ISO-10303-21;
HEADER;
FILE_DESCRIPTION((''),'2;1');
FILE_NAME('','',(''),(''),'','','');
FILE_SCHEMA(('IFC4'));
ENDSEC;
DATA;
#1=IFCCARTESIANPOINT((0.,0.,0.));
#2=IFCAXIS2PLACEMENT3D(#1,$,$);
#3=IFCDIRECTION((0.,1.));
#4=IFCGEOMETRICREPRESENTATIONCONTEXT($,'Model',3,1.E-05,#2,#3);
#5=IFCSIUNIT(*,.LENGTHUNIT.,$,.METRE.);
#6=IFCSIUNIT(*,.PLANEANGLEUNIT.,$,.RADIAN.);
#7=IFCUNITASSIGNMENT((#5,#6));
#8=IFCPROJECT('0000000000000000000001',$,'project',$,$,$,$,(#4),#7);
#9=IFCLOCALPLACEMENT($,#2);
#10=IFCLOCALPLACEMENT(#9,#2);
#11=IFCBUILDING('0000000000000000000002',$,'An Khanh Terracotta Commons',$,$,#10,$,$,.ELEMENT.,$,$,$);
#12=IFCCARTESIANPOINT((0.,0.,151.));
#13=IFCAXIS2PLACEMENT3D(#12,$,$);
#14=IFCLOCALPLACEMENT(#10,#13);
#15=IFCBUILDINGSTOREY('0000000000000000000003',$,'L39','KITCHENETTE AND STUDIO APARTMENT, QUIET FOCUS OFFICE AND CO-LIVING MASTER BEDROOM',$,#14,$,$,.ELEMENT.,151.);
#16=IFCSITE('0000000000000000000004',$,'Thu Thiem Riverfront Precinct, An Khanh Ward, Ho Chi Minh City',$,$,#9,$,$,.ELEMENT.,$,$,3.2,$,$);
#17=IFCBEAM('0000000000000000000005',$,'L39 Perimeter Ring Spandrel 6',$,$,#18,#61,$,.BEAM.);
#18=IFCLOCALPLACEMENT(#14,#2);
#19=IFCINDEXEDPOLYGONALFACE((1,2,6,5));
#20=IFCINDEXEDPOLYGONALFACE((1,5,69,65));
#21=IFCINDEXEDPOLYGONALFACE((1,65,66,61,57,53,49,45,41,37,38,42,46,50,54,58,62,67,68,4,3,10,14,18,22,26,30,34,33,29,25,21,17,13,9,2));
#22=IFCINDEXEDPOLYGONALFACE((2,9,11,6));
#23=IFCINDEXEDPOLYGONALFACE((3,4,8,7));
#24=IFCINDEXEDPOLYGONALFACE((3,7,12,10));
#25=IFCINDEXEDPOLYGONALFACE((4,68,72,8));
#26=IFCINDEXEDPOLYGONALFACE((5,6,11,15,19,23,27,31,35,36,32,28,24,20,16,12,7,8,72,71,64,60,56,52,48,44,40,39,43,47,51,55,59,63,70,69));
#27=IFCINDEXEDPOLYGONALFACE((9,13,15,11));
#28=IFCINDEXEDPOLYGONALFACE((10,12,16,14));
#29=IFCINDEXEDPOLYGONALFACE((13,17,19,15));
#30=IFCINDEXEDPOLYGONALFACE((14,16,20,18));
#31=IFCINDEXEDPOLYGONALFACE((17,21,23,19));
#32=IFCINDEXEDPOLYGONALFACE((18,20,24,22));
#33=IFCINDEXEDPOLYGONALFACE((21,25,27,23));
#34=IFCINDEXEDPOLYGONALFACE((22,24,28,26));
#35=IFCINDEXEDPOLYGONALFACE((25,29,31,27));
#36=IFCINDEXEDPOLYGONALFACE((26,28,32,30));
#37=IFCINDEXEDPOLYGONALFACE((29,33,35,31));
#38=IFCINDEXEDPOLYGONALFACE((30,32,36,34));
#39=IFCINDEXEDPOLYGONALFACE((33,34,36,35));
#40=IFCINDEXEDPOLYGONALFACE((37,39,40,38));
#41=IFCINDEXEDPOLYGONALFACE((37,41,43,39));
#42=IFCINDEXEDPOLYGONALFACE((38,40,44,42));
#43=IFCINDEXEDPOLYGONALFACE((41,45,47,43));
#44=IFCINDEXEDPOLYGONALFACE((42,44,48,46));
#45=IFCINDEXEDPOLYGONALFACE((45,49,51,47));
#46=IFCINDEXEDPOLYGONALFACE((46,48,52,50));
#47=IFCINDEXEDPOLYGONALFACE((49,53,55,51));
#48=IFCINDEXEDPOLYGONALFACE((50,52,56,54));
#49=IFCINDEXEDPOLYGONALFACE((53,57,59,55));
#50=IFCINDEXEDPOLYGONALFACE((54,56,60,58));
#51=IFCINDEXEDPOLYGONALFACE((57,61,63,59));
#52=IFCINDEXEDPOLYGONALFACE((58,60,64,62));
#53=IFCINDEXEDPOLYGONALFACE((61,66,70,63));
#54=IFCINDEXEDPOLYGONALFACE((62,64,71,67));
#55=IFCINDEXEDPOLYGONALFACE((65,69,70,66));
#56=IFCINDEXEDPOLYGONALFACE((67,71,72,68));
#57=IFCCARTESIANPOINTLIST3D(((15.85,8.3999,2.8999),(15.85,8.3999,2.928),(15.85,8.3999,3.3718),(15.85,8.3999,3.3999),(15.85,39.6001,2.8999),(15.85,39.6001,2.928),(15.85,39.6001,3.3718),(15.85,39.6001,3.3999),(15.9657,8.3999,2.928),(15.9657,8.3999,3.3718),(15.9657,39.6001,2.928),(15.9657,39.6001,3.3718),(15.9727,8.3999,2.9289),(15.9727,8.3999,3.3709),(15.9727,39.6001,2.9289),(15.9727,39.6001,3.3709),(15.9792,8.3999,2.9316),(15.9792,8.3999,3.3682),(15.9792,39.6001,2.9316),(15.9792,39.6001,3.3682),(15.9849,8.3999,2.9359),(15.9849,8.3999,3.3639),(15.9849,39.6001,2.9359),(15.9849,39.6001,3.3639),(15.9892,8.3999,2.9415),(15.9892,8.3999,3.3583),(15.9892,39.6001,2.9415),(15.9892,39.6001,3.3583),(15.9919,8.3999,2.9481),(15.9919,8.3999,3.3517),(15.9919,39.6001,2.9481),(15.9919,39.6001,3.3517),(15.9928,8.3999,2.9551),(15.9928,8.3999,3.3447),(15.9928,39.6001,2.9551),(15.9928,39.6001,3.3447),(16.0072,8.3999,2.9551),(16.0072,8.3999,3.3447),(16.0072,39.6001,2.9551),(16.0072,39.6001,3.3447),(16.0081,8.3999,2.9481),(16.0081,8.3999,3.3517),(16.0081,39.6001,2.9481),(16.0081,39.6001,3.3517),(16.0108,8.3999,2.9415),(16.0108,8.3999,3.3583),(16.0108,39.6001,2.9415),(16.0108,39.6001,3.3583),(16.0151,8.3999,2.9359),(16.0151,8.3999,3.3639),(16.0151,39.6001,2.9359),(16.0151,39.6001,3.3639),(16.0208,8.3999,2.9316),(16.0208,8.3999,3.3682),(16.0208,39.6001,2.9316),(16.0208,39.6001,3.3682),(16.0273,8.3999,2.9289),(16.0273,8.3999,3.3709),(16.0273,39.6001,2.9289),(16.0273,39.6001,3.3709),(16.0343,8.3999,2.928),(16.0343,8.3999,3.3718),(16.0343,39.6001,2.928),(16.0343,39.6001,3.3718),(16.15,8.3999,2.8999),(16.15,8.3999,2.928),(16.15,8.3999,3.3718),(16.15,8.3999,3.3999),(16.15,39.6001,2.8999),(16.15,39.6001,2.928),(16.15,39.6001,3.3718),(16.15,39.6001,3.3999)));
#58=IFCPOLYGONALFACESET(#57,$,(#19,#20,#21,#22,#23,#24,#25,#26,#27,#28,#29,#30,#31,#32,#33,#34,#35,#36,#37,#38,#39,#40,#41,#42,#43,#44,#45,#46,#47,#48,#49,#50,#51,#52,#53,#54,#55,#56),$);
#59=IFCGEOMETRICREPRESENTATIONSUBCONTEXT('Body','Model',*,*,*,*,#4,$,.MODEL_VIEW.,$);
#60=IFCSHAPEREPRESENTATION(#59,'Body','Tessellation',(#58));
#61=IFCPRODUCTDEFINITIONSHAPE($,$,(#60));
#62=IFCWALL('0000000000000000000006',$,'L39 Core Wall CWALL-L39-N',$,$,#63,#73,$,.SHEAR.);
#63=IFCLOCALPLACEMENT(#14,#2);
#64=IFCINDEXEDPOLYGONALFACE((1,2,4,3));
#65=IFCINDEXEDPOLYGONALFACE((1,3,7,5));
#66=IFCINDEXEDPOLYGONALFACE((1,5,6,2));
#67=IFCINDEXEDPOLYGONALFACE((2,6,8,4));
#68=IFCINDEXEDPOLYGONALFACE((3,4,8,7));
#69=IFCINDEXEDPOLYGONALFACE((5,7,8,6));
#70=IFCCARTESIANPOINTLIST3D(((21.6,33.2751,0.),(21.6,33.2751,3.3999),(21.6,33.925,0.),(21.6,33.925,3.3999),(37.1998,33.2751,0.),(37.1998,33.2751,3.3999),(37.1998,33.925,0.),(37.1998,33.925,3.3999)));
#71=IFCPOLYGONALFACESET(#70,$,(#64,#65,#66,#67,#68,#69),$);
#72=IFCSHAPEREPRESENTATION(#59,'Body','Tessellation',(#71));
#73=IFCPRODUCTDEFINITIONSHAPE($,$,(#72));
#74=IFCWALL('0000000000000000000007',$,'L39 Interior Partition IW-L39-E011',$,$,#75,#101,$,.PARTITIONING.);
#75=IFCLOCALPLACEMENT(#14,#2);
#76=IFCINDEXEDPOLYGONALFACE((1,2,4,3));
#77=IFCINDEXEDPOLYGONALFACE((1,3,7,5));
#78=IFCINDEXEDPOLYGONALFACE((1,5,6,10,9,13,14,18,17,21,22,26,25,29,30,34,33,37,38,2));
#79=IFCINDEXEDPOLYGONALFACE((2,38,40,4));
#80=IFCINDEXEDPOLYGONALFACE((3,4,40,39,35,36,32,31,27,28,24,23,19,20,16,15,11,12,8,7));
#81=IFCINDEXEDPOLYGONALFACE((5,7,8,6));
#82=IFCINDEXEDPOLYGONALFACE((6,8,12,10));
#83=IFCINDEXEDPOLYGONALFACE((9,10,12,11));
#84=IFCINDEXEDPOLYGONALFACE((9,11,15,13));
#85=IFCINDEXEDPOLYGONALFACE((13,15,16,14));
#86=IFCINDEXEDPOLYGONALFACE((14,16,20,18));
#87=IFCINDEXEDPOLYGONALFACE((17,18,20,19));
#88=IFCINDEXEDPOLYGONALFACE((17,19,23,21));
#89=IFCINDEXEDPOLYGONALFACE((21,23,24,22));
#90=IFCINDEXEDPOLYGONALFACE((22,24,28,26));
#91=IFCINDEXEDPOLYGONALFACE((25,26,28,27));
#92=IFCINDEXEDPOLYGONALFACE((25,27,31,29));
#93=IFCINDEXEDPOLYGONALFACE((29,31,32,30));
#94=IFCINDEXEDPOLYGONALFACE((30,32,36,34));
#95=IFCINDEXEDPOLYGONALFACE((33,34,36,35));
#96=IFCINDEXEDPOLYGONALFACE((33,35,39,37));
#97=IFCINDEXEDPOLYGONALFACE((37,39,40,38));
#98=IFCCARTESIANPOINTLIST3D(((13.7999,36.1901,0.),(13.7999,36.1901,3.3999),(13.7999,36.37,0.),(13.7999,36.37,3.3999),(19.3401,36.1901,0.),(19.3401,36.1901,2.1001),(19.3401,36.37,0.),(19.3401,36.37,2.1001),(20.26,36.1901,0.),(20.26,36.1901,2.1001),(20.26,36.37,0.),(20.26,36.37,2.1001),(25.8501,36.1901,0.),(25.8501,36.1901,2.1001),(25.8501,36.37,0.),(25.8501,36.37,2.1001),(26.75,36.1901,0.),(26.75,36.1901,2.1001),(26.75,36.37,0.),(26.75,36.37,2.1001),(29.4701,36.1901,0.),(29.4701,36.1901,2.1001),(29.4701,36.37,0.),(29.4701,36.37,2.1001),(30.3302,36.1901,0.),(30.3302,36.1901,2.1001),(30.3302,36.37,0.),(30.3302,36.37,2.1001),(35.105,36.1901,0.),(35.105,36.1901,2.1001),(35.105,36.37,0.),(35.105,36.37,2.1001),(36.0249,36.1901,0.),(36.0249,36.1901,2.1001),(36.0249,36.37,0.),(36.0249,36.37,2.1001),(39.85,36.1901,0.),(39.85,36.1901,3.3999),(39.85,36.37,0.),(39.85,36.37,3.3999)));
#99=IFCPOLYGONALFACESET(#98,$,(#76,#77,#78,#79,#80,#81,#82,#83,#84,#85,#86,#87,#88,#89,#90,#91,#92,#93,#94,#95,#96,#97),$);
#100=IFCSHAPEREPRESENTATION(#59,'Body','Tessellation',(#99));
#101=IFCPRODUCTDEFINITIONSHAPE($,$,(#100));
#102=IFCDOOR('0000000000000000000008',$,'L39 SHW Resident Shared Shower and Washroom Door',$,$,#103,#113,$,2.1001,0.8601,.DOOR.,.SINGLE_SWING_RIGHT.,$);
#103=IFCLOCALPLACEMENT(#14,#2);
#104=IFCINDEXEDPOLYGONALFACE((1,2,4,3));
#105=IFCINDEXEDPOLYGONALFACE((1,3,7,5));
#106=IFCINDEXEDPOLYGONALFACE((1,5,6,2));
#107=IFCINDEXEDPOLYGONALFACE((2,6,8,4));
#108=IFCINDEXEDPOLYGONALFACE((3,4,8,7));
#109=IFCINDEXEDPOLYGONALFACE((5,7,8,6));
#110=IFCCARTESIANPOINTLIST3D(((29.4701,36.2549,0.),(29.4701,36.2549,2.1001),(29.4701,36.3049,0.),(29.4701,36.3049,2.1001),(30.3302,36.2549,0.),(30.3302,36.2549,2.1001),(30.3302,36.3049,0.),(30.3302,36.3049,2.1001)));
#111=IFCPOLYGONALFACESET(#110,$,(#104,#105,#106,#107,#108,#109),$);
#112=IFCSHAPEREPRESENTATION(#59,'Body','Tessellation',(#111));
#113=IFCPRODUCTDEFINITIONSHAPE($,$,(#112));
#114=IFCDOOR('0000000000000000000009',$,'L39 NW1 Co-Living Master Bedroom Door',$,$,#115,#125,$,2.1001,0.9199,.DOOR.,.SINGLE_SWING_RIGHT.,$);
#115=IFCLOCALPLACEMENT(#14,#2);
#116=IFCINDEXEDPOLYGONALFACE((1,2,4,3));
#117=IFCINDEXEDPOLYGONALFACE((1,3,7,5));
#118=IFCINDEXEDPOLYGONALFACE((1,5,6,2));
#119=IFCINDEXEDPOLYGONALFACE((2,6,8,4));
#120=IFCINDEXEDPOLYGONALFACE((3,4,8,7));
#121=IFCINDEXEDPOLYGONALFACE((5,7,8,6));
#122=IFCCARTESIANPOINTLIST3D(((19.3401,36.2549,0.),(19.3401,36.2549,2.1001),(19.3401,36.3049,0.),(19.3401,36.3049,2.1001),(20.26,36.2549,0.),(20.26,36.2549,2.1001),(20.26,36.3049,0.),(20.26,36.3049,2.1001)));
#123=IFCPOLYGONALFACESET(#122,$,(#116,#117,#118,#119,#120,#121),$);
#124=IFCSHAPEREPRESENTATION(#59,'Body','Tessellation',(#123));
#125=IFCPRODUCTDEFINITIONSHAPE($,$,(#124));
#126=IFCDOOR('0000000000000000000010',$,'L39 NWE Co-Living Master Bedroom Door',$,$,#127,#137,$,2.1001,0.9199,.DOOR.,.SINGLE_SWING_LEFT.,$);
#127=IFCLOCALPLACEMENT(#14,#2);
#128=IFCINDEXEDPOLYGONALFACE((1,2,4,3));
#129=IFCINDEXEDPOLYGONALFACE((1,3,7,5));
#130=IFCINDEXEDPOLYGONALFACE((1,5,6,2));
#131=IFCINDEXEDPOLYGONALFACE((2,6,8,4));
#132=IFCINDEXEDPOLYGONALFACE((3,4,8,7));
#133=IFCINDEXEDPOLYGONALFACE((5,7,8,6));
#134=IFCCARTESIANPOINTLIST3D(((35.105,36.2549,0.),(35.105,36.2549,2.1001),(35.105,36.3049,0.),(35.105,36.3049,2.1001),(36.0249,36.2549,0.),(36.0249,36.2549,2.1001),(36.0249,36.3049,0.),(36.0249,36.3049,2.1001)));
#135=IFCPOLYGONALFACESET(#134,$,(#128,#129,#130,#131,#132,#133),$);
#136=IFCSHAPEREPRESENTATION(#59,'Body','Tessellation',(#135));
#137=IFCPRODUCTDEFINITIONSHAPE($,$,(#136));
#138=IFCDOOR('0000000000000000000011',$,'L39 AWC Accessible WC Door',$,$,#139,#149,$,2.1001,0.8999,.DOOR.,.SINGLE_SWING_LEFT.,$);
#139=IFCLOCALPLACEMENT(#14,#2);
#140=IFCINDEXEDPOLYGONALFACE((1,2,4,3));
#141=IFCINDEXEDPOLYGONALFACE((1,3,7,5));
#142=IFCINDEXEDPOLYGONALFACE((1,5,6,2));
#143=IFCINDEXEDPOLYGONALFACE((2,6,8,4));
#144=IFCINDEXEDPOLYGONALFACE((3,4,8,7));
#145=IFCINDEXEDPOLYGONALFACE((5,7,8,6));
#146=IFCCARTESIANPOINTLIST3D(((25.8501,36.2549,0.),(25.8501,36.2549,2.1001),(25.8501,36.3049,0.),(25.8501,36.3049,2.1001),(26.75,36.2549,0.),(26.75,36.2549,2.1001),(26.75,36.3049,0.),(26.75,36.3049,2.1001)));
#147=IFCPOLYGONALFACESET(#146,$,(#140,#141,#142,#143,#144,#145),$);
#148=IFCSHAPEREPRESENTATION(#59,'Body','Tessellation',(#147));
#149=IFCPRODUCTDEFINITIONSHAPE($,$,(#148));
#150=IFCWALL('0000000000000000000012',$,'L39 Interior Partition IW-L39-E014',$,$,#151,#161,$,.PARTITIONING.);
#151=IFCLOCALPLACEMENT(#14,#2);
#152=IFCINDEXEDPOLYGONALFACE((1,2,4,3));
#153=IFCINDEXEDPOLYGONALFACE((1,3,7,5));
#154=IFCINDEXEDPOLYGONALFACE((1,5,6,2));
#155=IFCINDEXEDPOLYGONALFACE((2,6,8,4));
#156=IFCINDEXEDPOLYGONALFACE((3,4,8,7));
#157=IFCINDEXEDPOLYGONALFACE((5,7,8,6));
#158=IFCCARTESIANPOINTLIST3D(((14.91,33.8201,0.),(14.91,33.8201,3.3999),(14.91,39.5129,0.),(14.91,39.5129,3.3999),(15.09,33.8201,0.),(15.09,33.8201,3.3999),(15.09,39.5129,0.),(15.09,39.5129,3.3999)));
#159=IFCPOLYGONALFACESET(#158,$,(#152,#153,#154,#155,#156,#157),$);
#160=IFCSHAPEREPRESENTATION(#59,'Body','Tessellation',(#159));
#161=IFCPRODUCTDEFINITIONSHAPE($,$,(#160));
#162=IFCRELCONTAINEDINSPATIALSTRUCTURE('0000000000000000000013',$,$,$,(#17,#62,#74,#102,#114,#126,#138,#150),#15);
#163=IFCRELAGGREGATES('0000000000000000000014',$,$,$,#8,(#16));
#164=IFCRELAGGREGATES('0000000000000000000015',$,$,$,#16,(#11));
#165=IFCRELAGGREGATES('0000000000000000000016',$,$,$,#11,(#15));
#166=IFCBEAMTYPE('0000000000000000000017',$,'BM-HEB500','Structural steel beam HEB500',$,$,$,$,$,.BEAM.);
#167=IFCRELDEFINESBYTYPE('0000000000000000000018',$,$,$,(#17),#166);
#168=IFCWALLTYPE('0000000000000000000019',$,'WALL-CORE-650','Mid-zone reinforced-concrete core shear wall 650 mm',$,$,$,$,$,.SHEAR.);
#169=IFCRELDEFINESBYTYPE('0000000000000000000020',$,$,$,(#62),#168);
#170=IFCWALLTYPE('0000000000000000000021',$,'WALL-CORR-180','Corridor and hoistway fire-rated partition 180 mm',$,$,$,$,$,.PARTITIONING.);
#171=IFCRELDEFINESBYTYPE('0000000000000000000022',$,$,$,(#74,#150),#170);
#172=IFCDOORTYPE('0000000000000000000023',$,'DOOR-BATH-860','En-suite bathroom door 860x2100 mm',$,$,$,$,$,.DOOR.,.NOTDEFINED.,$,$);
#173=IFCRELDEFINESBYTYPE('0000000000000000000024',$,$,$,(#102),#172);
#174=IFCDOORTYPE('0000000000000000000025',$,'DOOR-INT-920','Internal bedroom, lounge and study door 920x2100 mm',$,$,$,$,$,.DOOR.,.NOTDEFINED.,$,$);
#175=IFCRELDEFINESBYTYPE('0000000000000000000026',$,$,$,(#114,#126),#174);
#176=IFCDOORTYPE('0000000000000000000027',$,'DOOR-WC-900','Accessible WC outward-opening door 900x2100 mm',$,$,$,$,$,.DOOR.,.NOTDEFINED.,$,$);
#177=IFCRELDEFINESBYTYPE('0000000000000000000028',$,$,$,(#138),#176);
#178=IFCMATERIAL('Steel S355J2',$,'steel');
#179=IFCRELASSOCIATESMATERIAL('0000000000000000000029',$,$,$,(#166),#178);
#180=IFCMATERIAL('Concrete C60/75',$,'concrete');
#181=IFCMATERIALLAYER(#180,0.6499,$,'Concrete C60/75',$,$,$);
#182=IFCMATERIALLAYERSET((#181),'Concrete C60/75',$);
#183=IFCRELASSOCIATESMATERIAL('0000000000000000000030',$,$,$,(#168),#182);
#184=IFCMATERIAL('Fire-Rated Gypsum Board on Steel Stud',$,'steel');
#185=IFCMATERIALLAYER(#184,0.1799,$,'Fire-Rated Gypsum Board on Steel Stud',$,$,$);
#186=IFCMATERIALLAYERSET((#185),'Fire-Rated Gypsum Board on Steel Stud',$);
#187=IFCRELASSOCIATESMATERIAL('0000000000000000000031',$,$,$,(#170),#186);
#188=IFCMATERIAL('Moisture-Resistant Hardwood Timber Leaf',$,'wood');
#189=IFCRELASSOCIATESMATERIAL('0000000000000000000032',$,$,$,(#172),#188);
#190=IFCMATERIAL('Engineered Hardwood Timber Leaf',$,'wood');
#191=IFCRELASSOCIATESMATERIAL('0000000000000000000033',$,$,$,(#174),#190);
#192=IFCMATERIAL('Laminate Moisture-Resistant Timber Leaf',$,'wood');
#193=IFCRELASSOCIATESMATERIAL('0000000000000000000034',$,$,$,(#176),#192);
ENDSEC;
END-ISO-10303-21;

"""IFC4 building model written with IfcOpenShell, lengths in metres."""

from ifc_helpers import new_model, si_unit, direction, frame, frame_2d, origin, origin_2d, place, context, subcontext, project, spatial, rectangle, i_section, extrude, material, layer, layer_set, material_profile, profile_set, type_object, element, fill, save


model = new_model("IFC4")

# Units and contexts
model_context = context("Model", 3, precision=1e-05, world=origin(), true_north=direction((0.0, 1.0)))
body_context = subcontext(model_context, "Body", "Model", "MODEL_VIEW")
ifc_project = project(units=[si_unit("LENGTHUNIT", "METRE"), si_unit("PLANEANGLEUNIT", "RADIAN")], contexts=[model_context])

# Site, building, storey
site_placement = place(None, origin())
site = spatial("IfcSite", under=ifc_project, at=site_placement, Name="Thu Thiem Riverfront Precinct, An Khanh Ward, Ho Chi Minh City", CompositionType="ELEMENT", RefElevation=3.2)
building_placement = place(site_placement, origin())
building = spatial("IfcBuilding", under=site, at=building_placement, Name="An Khanh Terracotta Commons", CompositionType="ELEMENT")
storey_placement = place(building_placement, frame((0.0, 0.0, 151.0)))
storey = spatial("IfcBuildingStorey", under=building, at=storey_placement, Name="L39", Description="KITCHENETTE AND STUDIO APARTMENT, QUIET FOCUS OFFICE AND CO-LIVING MASTER BEDROOM", CompositionType="ELEMENT", Elevation=151.0)

# Shared definitions
ifc_material_1 = material(Name="Concrete C60/75", Category="concrete")

# Beam
ifc_material_2 = material(Name="Steel S355J2", Category="steel")
ifc_material_profile_1 = material_profile(ifc_material_2, i_section(OverallWidth=0.3, OverallDepth=0.5, WebThickness=0.0144, FlangeThickness=0.0281, FilletRadius=0.0271, at=origin_2d()), Name="HEB500")
ifc_profile_set_1 = profile_set([ifc_material_profile_1], Name="Steel S355J2")
beam_type_1 = type_object("IfcBeamType", Name="BM-HEB500", Description="Structural steel beam HEB500", PredefinedType="BEAM", material=ifc_profile_set_1)
beam_1_placement = place(storey_placement, frame((16.0, 39.6001, 3.1499), z_axis=(0.0, -1.0, 0.0), x_axis=(1.0, 0.0, 0.0)))
element("IfcBeam", 1, at=beam_1_placement, inside=storey, type_object=beam_type_1, Name="L39 Perimeter Ring Spandrel 6", PredefinedType="BEAM", context=body_context, shape_type="SweptSolid", body=[
    extrude(i_section(OverallWidth=0.3, OverallDepth=0.5, WebThickness=0.0144, FlangeThickness=0.0281, FilletRadius=0.0271, at=origin_2d()), origin(), (0.0, 0.0, 1.0), 31.2002),
])

# Wall
ifc_layer_1 = layer(ifc_material_1, 0.6499, Name="Concrete C60/75")
ifc_layer_set_1 = layer_set([ifc_layer_1], Name="Concrete C60/75")
wall_type_1 = type_object("IfcWallType", Name="WALL-CORE-650", Description="Mid-zone reinforced-concrete core shear wall 650 mm", PredefinedType="SHEAR", material=ifc_layer_set_1)
wall_1_placement = place(storey_placement, frame((21.6001, 33.6001, 0.0), z_axis=(0.0, 0.0, 1.0), x_axis=(1.0, 0.0, 0.0)))
element("IfcWall", 2, at=wall_1_placement, inside=storey, type_object=wall_type_1, Name="L39 Core Wall CWALL-L39-N", PredefinedType="SHEAR", context=body_context, shape_type="SweptSolid", body=[
    extrude(rectangle(XDim=15.5999, YDim=0.6499, at=frame_2d((7.7998, 0.0))), origin(), (0.0, 0.0, 1.0), 3.3999),
])

# Wall, openings, doors
ifc_material_3 = material(Name="Fire-Rated Gypsum Board on Steel Stud", Category="steel")
ifc_layer_2 = layer(ifc_material_3, 0.1799, Name="Fire-Rated Gypsum Board on Steel Stud")
ifc_layer_set_2 = layer_set([ifc_layer_2], Name="Fire-Rated Gypsum Board on Steel Stud")
wall_type_2 = type_object("IfcWallType", Name="WALL-CORR-180", Description="Corridor and hoistway fire-rated partition 180 mm", PredefinedType="PARTITIONING", material=ifc_layer_set_2)
wall_2_placement = place(storey_placement, frame((13.8, 36.28, 0.0), z_axis=(0.0, 0.0, 1.0), x_axis=(1.0, 0.0, 0.0)))
wall_2 = element("IfcWall", 3, at=wall_2_placement, inside=storey, type_object=wall_type_2, Name="L39 Interior Partition IW-L39-E011", PredefinedType="PARTITIONING", context=body_context, shape_type="SweptSolid", body=[
    extrude(rectangle(XDim=26.05, YDim=0.1799, at=frame_2d((13.0249, 0.0))), origin(), (0.0, 0.0, 1.0), 3.3999),
])
opening_1_placement = place(wall_2_placement, frame((12.05, 0.0, 0.0)))
opening_1 = element("IfcOpeningElement", 4, at=opening_1_placement, cuts=wall_2, PredefinedType="OPENING", context=body_context, shape_type="SweptSolid", body=[
    extrude(rectangle(XDim=0.8999, YDim=2.1001, at=frame_2d((0.45, 1.05))), frame((0.0, 0.0999, 0.0), z_axis=(0.0, -1.0, 0.0), x_axis=(1.0, 0.0, 0.0)), (0.0, 0.0, 1.0), 0.2),
])
opening_2_placement = place(wall_2_placement, frame((15.6699, 0.0, 0.0)))
opening_2 = element("IfcOpeningElement", 5, at=opening_2_placement, cuts=wall_2, PredefinedType="OPENING", context=body_context, shape_type="SweptSolid", body=[
    extrude(rectangle(XDim=0.8601, YDim=2.1001, at=frame_2d((0.4302, 1.05))), frame((0.0, 0.0999, 0.0), z_axis=(0.0, -1.0, 0.0), x_axis=(1.0, 0.0, 0.0)), (0.0, 0.0, 1.0), 0.2),
])
opening_3_placement = place(wall_2_placement, frame((5.54, 0.0, 0.0)))
opening_3 = element("IfcOpeningElement", 6, at=opening_3_placement, cuts=wall_2, PredefinedType="OPENING", context=body_context, shape_type="SweptSolid", body=[
    extrude(rectangle(XDim=0.9199, YDim=2.1001, at=frame_2d((0.46, 1.05))), frame((0.0, 0.0999, 0.0), z_axis=(0.0, -1.0, 0.0), x_axis=(1.0, 0.0, 0.0)), (0.0, 0.0, 1.0), 0.2),
])
opening_4_placement = place(wall_2_placement, frame((21.3049, 0.0, 0.0)))
opening_4 = element("IfcOpeningElement", 7, at=opening_4_placement, cuts=wall_2, PredefinedType="OPENING", context=body_context, shape_type="SweptSolid", body=[
    extrude(rectangle(XDim=0.9199, YDim=2.1001, at=frame_2d((0.46, 1.05))), frame((0.0, 0.0999, 0.0), z_axis=(0.0, -1.0, 0.0), x_axis=(1.0, 0.0, 0.0)), (0.0, 0.0, 1.0), 0.2),
])
ifc_material_4 = material(Name="Moisture-Resistant Hardwood Timber Leaf", Category="wood")
door_type_1 = type_object("IfcDoorType", Name="DOOR-BATH-860", Description="En-suite bathroom door 860x2100 mm", OperationType="NOTDEFINED", PredefinedType="DOOR", material=ifc_material_4)
door_1_placement = place(opening_2_placement, origin())
door_1 = element("IfcDoor", 8, at=door_1_placement, inside=storey, type_object=door_type_1, Name="L39 SHW Resident Shared Shower and Washroom Door", OperationType="SINGLE_SWING_RIGHT", OverallHeight=2.1001, OverallWidth=0.8601, PredefinedType="DOOR", context=body_context, shape_type="SweptSolid", body=[
    extrude(rectangle(XDim=0.8601, YDim=2.1001, at=frame_2d((0.4302, 1.05))), frame((0.0, 0.0249, 0.0), z_axis=(0.0, -1.0, 0.0), x_axis=(1.0, 0.0, 0.0)), (0.0, 0.0, 1.0), 0.05),
])
fill(opening_2, door_1)
ifc_material_5 = material(Name="Engineered Hardwood Timber Leaf", Category="wood")
door_type_2 = type_object("IfcDoorType", Name="DOOR-INT-920", Description="Internal bedroom, lounge and study door 920x2100 mm", OperationType="NOTDEFINED", PredefinedType="DOOR", material=ifc_material_5)
door_2_placement = place(opening_3_placement, origin())
door_2 = element("IfcDoor", 9, at=door_2_placement, inside=storey, type_object=door_type_2, Name="L39 NW1 Co-Living Master Bedroom Door", OperationType="SINGLE_SWING_RIGHT", OverallHeight=2.1001, OverallWidth=0.9199, PredefinedType="DOOR", context=body_context, shape_type="SweptSolid", body=[
    extrude(rectangle(XDim=0.9199, YDim=2.1001, at=frame_2d((0.46, 1.05))), frame((0.0, 0.0249, 0.0), z_axis=(0.0, -1.0, 0.0), x_axis=(1.0, 0.0, 0.0)), (0.0, 0.0, 1.0), 0.05),
])
fill(opening_3, door_2)
door_3_placement = place(opening_4_placement, origin())
door_3 = element("IfcDoor", 10, at=door_3_placement, inside=storey, type_object=door_type_2, Name="L39 NWE Co-Living Master Bedroom Door", OperationType="SINGLE_SWING_LEFT", OverallHeight=2.1001, OverallWidth=0.9199, PredefinedType="DOOR", context=body_context, shape_type="SweptSolid", body=[
    extrude(rectangle(XDim=0.9199, YDim=2.1001, at=frame_2d((0.46, 1.05))), frame((0.0, 0.0249, 0.0), z_axis=(0.0, -1.0, 0.0), x_axis=(1.0, 0.0, 0.0)), (0.0, 0.0, 1.0), 0.05),
])
fill(opening_4, door_3)
ifc_material_6 = material(Name="Laminate Moisture-Resistant Timber Leaf", Category="wood")
door_type_3 = type_object("IfcDoorType", Name="DOOR-WC-900", Description="Accessible WC outward-opening door 900x2100 mm", OperationType="NOTDEFINED", PredefinedType="DOOR", material=ifc_material_6)
door_4_placement = place(opening_1_placement, origin())
door_4 = element("IfcDoor", 11, at=door_4_placement, inside=storey, type_object=door_type_3, Name="L39 AWC Accessible WC Door", OperationType="SINGLE_SWING_LEFT", OverallHeight=2.1001, OverallWidth=0.8999, PredefinedType="DOOR", context=body_context, shape_type="SweptSolid", body=[
    extrude(rectangle(XDim=0.8999, YDim=2.1001, at=frame_2d((0.45, 1.05))), frame((0.0, 0.0249, 0.0), z_axis=(0.0, -1.0, 0.0), x_axis=(1.0, 0.0, 0.0)), (0.0, 0.0, 1.0), 0.05),
])
fill(opening_1, door_4)

# Wall
wall_3_placement = place(storey_placement, frame((15.0, 33.8201, 0.0), z_axis=(0.0, 0.0, 1.0), x_axis=(0.0, 1.0, 0.0)))
element("IfcWall", 12, at=wall_3_placement, inside=storey, type_object=wall_type_2, Name="L39 Interior Partition IW-L39-E014", PredefinedType="PARTITIONING", context=body_context, shape_type="SweptSolid", body=[
    extrude(rectangle(XDim=5.6929, YDim=0.1799, at=frame_2d((2.8464, 0.0))), origin(), (0.0, 0.0, 1.0), 3.3999),
])

save(model, "model.ifc")
